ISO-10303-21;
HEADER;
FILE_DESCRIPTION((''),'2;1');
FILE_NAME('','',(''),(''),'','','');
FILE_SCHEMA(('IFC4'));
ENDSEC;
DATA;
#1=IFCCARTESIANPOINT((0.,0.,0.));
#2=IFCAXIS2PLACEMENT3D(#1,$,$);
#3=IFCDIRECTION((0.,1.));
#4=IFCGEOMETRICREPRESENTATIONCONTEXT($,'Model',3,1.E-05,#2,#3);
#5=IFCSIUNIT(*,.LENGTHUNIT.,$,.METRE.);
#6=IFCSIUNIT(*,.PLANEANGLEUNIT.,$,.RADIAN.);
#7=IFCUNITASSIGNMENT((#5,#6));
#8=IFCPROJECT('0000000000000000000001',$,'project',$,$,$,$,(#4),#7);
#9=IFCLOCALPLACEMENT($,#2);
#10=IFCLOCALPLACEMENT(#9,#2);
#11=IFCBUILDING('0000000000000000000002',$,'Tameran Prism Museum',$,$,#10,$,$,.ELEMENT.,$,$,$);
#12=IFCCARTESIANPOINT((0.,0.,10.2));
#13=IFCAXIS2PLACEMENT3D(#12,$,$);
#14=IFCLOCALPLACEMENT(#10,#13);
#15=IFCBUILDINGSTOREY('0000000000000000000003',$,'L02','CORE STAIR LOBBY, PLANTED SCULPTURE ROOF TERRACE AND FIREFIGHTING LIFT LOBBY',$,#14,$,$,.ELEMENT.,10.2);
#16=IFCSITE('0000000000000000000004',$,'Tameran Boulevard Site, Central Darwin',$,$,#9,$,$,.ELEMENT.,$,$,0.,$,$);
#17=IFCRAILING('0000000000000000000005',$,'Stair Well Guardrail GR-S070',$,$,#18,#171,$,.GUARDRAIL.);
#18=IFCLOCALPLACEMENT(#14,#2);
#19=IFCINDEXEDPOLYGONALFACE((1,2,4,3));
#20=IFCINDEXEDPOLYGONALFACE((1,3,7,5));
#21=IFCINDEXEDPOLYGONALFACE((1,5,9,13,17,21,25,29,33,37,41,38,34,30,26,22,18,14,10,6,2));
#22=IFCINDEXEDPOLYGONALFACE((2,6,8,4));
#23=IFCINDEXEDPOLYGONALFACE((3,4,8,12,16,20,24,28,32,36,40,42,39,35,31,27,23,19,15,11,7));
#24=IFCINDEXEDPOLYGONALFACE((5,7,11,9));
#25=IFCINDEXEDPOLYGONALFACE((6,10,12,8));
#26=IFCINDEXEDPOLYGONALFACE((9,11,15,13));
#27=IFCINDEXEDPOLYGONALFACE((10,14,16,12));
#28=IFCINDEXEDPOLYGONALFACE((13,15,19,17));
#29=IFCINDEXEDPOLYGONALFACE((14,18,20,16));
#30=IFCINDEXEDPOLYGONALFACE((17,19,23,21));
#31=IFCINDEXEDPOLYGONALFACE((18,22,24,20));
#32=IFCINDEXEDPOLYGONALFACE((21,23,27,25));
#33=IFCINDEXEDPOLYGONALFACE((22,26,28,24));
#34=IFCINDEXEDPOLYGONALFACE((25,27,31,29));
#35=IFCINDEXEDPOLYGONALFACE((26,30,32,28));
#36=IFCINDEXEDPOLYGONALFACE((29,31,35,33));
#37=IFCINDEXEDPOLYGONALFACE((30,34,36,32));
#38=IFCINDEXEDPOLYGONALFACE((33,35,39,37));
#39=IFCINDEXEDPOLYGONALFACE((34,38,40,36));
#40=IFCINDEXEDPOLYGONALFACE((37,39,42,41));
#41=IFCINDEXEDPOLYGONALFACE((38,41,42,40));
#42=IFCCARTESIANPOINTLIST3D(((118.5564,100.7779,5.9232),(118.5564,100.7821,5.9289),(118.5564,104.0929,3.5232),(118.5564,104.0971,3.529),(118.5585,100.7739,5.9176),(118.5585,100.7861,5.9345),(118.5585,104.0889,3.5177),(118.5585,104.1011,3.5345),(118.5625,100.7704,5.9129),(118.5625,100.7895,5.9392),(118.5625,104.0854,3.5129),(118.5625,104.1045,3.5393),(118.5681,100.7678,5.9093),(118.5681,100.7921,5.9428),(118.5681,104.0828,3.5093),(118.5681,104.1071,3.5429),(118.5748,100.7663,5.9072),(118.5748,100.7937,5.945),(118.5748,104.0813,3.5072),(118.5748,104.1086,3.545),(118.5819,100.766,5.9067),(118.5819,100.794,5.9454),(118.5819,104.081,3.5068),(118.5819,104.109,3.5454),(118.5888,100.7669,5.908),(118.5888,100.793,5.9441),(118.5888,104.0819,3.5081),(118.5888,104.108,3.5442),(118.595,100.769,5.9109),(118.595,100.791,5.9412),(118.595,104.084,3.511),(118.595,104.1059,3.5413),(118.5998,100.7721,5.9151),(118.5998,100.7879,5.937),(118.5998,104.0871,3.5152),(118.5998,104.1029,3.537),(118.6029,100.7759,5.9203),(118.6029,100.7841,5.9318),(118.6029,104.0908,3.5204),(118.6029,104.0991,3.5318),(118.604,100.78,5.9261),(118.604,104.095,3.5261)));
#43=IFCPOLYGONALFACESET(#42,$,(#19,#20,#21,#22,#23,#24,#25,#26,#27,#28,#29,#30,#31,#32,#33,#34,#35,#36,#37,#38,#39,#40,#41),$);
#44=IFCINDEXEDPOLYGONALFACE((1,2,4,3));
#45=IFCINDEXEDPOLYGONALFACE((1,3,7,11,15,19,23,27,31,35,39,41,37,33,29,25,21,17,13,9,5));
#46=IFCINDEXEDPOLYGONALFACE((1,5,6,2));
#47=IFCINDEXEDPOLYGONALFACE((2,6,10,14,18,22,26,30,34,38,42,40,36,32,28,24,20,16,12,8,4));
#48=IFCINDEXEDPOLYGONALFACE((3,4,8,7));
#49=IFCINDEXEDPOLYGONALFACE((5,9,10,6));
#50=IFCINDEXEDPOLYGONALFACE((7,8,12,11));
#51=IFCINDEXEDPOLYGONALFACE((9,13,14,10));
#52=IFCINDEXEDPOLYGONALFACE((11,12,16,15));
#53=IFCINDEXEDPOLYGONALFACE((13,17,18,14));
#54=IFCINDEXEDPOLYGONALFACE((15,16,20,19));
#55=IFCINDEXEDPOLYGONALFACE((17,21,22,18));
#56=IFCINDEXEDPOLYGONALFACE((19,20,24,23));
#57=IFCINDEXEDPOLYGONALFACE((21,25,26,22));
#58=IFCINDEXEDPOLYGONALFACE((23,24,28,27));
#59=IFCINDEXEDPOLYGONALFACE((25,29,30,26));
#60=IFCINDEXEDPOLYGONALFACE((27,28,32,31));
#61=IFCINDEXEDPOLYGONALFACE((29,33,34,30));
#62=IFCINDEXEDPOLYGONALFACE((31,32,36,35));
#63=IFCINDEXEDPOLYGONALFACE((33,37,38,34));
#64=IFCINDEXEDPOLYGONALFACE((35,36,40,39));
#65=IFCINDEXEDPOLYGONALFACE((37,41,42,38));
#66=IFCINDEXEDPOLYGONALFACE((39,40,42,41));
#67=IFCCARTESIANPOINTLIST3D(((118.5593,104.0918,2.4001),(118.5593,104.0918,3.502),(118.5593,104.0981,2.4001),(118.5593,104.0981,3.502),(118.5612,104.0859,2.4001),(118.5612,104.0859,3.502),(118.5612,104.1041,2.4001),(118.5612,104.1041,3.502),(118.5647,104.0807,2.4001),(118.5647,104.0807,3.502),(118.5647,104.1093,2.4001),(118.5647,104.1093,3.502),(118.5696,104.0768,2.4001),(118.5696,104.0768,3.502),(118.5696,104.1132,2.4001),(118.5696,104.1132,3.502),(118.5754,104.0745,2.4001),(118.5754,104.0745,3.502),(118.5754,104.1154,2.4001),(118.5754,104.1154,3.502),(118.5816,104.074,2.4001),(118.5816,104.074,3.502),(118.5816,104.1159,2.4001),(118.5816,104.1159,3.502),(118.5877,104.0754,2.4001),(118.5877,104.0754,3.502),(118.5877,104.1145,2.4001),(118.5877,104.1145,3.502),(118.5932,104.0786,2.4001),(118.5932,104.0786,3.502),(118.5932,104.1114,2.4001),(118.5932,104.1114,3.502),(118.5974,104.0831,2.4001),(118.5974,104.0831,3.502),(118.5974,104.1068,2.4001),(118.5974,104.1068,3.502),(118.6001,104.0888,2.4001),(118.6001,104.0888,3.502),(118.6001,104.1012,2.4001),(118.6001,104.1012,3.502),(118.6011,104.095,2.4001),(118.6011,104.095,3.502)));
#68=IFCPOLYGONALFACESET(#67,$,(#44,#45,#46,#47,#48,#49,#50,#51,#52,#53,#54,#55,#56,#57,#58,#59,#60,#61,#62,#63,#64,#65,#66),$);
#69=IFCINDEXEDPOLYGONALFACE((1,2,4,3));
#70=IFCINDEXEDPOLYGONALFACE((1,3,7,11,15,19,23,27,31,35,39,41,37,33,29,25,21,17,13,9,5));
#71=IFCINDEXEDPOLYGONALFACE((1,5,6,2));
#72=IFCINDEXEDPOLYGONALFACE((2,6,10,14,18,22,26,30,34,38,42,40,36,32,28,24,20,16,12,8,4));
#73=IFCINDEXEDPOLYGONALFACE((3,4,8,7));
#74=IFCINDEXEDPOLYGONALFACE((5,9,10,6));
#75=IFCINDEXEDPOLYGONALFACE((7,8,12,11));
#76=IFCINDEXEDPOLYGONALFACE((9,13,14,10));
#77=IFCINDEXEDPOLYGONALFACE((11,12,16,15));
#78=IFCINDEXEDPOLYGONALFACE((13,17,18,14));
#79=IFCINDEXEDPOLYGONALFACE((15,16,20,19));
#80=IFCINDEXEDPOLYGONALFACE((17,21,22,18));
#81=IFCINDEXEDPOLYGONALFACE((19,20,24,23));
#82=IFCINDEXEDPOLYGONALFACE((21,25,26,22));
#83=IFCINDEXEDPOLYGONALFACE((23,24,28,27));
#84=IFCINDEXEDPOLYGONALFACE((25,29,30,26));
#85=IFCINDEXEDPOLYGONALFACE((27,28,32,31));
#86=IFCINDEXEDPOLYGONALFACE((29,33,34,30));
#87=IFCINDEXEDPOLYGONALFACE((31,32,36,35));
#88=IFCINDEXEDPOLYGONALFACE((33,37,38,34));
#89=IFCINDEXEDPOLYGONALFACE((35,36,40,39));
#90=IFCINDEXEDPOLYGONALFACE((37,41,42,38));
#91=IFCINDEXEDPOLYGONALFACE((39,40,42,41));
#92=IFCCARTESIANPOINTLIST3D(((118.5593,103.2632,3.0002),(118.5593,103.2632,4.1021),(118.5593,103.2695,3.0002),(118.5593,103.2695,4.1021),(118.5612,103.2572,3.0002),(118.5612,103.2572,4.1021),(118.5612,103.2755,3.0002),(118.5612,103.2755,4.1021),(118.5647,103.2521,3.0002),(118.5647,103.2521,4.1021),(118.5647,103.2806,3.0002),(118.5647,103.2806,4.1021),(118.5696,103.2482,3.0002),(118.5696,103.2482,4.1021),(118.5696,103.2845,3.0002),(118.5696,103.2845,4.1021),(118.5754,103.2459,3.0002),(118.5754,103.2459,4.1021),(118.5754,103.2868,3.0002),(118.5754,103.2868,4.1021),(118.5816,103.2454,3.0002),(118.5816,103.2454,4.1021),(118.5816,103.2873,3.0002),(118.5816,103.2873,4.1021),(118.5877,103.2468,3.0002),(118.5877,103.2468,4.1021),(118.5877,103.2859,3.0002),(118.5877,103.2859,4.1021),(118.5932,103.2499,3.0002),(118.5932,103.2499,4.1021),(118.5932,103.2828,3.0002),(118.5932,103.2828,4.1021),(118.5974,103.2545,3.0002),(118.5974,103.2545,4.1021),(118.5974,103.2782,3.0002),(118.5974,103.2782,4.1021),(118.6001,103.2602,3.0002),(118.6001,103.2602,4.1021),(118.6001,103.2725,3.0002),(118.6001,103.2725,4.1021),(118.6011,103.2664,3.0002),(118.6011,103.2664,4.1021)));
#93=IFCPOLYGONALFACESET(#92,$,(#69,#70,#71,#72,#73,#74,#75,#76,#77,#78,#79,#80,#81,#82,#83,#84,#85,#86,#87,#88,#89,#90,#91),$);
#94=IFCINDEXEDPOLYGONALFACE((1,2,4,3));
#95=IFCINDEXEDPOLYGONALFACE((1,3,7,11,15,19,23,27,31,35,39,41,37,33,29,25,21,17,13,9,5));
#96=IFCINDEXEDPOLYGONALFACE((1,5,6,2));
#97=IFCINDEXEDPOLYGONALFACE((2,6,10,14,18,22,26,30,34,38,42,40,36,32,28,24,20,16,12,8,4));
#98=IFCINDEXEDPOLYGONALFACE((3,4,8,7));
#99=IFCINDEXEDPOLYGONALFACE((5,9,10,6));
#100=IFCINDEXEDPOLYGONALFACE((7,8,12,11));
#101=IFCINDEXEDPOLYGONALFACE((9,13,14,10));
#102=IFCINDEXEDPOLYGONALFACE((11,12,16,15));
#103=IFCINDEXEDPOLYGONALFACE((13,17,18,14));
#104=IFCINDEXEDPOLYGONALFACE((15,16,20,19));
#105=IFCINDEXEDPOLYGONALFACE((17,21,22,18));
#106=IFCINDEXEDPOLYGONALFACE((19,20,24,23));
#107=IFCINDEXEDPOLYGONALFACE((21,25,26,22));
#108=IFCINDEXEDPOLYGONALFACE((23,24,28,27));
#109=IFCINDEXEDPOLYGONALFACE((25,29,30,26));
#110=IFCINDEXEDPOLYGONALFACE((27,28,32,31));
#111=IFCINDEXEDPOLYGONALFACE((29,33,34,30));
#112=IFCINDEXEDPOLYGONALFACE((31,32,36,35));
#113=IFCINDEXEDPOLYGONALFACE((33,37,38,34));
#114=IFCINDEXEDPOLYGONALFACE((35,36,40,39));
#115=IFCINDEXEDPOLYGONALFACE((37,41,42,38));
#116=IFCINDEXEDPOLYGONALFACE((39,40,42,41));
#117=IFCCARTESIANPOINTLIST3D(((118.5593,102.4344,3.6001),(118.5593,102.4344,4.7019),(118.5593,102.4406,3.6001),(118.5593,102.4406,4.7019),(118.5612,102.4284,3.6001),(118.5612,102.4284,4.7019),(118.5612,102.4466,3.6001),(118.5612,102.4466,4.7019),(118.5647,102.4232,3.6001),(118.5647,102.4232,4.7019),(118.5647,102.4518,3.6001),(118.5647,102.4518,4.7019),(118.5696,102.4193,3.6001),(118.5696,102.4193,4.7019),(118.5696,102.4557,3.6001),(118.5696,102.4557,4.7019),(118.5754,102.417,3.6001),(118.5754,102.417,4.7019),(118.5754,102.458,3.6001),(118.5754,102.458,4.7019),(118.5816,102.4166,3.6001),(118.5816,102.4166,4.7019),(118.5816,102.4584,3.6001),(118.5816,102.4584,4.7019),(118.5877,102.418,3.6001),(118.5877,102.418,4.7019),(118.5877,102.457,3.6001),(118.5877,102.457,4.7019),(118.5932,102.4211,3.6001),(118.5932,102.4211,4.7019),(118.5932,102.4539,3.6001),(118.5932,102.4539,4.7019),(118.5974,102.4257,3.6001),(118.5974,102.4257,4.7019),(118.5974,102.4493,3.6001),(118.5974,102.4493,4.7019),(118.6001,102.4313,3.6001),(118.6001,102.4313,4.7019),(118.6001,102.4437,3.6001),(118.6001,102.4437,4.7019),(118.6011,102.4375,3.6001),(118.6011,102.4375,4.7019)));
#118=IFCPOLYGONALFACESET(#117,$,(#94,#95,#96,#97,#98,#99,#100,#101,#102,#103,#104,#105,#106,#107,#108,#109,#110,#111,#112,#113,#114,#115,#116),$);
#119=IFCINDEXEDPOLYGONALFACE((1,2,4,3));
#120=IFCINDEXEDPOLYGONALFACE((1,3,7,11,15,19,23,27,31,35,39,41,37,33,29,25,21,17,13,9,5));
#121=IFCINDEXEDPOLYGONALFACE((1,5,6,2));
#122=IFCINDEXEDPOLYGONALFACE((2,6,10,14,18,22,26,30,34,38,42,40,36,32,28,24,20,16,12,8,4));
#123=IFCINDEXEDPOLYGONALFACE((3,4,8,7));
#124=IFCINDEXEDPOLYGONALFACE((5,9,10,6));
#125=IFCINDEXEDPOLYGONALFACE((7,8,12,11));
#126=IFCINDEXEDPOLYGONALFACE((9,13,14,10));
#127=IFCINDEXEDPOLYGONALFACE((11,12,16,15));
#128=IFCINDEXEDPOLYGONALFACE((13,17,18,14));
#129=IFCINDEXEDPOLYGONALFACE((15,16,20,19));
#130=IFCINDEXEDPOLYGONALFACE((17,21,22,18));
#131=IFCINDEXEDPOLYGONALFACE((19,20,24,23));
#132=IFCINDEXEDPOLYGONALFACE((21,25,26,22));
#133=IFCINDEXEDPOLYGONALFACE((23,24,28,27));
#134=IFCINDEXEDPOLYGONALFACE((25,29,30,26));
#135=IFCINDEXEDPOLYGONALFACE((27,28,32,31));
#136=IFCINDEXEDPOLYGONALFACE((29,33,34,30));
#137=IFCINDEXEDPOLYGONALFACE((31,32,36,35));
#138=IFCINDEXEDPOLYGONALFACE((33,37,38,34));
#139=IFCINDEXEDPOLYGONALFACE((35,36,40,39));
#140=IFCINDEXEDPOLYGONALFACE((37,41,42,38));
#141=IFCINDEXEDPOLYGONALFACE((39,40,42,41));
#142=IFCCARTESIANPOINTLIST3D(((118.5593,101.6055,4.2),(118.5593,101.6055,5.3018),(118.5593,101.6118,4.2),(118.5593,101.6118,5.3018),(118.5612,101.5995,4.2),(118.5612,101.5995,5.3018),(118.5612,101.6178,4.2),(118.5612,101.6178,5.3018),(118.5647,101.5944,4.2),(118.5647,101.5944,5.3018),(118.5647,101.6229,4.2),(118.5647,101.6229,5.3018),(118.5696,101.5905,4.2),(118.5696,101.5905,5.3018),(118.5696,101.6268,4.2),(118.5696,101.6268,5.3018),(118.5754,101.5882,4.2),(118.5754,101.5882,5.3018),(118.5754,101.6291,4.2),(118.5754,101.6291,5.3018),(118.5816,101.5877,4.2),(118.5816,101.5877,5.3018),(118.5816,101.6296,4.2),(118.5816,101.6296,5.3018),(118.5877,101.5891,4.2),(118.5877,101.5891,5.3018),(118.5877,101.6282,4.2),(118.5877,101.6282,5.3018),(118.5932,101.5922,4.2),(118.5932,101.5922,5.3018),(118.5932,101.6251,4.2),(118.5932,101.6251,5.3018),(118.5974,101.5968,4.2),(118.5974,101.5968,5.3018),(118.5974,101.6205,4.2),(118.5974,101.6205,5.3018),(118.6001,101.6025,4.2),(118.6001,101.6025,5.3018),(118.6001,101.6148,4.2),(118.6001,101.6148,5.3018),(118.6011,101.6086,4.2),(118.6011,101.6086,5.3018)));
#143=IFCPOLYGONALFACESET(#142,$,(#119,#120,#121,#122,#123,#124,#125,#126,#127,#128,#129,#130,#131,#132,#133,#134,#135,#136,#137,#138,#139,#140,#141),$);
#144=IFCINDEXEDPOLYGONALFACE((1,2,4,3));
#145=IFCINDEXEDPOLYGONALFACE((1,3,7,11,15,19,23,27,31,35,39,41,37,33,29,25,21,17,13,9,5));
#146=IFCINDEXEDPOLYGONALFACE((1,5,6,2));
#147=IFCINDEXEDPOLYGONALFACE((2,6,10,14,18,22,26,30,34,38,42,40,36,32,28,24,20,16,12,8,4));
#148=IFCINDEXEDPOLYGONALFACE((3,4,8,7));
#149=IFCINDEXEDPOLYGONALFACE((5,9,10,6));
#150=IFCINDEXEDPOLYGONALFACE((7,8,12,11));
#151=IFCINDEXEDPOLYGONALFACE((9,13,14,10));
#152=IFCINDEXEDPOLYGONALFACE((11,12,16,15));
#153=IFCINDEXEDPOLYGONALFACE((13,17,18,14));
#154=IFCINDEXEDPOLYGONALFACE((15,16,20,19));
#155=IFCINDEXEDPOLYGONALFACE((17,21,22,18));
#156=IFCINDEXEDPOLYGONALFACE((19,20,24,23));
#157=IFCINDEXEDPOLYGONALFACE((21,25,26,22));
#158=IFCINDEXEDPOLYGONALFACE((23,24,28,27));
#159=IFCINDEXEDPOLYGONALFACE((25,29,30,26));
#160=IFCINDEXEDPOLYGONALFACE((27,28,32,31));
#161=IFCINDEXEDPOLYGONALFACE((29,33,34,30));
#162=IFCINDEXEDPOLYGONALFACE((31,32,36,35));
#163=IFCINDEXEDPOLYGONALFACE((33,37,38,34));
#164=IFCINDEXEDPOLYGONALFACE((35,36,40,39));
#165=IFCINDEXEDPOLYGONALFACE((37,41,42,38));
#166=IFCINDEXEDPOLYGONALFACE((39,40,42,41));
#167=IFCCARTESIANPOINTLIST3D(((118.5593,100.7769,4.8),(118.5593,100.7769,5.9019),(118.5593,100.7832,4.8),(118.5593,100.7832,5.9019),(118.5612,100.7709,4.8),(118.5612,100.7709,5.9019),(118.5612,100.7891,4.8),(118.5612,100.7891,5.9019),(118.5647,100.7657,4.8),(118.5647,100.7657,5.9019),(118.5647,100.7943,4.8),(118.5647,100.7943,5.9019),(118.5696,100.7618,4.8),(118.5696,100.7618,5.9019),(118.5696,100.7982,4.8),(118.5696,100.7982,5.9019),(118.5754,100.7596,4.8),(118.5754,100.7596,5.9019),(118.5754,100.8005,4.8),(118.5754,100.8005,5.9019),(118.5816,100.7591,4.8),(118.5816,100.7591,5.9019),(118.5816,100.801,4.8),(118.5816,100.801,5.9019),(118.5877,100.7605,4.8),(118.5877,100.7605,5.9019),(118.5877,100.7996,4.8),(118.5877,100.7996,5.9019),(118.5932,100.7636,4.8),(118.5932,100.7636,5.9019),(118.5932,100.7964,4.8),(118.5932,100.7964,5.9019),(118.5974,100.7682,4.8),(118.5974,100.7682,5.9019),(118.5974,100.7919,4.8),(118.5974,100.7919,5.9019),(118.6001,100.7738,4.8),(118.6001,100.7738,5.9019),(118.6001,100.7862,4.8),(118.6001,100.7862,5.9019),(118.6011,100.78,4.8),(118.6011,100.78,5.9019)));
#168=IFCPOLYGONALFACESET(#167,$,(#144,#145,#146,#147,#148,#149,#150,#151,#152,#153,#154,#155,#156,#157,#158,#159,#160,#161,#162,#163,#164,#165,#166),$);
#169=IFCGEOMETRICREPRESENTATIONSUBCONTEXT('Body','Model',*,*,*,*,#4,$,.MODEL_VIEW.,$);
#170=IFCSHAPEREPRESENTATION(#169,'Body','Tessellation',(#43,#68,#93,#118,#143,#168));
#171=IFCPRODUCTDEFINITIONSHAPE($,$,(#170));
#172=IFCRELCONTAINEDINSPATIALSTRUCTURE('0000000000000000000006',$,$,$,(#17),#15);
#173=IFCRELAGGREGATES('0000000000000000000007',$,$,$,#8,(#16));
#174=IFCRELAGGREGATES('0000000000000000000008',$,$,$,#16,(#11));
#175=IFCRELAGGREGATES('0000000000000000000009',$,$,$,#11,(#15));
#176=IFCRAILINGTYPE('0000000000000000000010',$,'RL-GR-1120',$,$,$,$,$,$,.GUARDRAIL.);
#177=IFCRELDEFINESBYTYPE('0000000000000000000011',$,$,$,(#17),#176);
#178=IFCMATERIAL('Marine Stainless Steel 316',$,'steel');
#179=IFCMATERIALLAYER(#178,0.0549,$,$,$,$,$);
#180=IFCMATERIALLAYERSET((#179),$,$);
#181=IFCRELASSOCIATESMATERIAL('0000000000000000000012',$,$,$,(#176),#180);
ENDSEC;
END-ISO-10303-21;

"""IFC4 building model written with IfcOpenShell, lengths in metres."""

from ifc_helpers import new_model, si_unit, direction, frame, origin, origin_2d, place, context, subcontext, project, spatial, circle, extrude, material, layer, layer_set, type_object, element, save


model = new_model("IFC4")

# Units and contexts
model_context = context("Model", 3, precision=1e-05, world=origin(), true_north=direction((0.0, 1.0)))
body_context = subcontext(model_context, "Body", "Model", "MODEL_VIEW")
ifc_project = project(units=[si_unit("LENGTHUNIT", "METRE"), si_unit("PLANEANGLEUNIT", "RADIAN")], contexts=[model_context])

# Site, building, storey
site_placement = place(None, origin())
site = spatial("IfcSite", under=ifc_project, at=site_placement, Name="Tameran Boulevard Site, Central Darwin", CompositionType="ELEMENT", RefElevation=0.0)
building_placement = place(site_placement, origin())
building = spatial("IfcBuilding", under=site, at=building_placement, Name="Tameran Prism Museum", CompositionType="ELEMENT")
storey_placement = place(building_placement, frame((0.0, 0.0, 10.2)))
storey = spatial("IfcBuildingStorey", under=building, at=storey_placement, Name="L02", Description="CORE STAIR LOBBY, PLANTED SCULPTURE ROOF TERRACE AND FIREFIGHTING LIFT LOBBY", CompositionType="ELEMENT", Elevation=10.2)

# Railing
ifc_material_1 = material(Name="Marine Stainless Steel 316", Category="steel")
ifc_layer_1 = layer(ifc_material_1, 0.0549)
ifc_layer_set_1 = layer_set([ifc_layer_1])
railing_type_1 = type_object("IfcRailingType", Name="RL-GR-1120", PredefinedType="GUARDRAIL", material=ifc_layer_set_1)
railing_1_placement = place(storey_placement, frame((118.5801, 104.095, 2.4001)))
element("IfcRailing", 1, at=railing_1_placement, inside=storey, type_object=railing_type_1, Name="Stair Well Guardrail GR-S070", PredefinedType="GUARDRAIL", context=body_context, shape_type="SweptSolid", body=[
    extrude(circle(Radius=0.0239, at=origin_2d()), frame((0.0, 0.0, 1.126), z_axis=(0.0, -0.810009, 0.586418), x_axis=(1.0, 0.0, 0.0)), (0.0, 0.0, 1.0), 4.0925),
    extrude(circle(Radius=0.021, at=origin_2d()), origin(), (0.0, 0.0, 1.0), 1.1018),
    extrude(circle(Radius=0.021, at=origin_2d()), frame((0.0, -0.8286, 0.6001)), (0.0, 0.0, 1.0), 1.1018),
    extrude(circle(Radius=0.021, at=origin_2d()), frame((0.0, -1.6575, 1.2)), (0.0, 0.0, 1.0), 1.1018),
    extrude(circle(Radius=0.021, at=origin_2d()), frame((0.0, -2.4863, 1.7998)), (0.0, 0.0, 1.0), 1.1018),
    extrude(circle(Radius=0.021, at=origin_2d()), frame((0.0, -3.3149, 2.3999)), (0.0, 0.0, 1.0), 1.1018),
])

save(model, "model.ifc")
